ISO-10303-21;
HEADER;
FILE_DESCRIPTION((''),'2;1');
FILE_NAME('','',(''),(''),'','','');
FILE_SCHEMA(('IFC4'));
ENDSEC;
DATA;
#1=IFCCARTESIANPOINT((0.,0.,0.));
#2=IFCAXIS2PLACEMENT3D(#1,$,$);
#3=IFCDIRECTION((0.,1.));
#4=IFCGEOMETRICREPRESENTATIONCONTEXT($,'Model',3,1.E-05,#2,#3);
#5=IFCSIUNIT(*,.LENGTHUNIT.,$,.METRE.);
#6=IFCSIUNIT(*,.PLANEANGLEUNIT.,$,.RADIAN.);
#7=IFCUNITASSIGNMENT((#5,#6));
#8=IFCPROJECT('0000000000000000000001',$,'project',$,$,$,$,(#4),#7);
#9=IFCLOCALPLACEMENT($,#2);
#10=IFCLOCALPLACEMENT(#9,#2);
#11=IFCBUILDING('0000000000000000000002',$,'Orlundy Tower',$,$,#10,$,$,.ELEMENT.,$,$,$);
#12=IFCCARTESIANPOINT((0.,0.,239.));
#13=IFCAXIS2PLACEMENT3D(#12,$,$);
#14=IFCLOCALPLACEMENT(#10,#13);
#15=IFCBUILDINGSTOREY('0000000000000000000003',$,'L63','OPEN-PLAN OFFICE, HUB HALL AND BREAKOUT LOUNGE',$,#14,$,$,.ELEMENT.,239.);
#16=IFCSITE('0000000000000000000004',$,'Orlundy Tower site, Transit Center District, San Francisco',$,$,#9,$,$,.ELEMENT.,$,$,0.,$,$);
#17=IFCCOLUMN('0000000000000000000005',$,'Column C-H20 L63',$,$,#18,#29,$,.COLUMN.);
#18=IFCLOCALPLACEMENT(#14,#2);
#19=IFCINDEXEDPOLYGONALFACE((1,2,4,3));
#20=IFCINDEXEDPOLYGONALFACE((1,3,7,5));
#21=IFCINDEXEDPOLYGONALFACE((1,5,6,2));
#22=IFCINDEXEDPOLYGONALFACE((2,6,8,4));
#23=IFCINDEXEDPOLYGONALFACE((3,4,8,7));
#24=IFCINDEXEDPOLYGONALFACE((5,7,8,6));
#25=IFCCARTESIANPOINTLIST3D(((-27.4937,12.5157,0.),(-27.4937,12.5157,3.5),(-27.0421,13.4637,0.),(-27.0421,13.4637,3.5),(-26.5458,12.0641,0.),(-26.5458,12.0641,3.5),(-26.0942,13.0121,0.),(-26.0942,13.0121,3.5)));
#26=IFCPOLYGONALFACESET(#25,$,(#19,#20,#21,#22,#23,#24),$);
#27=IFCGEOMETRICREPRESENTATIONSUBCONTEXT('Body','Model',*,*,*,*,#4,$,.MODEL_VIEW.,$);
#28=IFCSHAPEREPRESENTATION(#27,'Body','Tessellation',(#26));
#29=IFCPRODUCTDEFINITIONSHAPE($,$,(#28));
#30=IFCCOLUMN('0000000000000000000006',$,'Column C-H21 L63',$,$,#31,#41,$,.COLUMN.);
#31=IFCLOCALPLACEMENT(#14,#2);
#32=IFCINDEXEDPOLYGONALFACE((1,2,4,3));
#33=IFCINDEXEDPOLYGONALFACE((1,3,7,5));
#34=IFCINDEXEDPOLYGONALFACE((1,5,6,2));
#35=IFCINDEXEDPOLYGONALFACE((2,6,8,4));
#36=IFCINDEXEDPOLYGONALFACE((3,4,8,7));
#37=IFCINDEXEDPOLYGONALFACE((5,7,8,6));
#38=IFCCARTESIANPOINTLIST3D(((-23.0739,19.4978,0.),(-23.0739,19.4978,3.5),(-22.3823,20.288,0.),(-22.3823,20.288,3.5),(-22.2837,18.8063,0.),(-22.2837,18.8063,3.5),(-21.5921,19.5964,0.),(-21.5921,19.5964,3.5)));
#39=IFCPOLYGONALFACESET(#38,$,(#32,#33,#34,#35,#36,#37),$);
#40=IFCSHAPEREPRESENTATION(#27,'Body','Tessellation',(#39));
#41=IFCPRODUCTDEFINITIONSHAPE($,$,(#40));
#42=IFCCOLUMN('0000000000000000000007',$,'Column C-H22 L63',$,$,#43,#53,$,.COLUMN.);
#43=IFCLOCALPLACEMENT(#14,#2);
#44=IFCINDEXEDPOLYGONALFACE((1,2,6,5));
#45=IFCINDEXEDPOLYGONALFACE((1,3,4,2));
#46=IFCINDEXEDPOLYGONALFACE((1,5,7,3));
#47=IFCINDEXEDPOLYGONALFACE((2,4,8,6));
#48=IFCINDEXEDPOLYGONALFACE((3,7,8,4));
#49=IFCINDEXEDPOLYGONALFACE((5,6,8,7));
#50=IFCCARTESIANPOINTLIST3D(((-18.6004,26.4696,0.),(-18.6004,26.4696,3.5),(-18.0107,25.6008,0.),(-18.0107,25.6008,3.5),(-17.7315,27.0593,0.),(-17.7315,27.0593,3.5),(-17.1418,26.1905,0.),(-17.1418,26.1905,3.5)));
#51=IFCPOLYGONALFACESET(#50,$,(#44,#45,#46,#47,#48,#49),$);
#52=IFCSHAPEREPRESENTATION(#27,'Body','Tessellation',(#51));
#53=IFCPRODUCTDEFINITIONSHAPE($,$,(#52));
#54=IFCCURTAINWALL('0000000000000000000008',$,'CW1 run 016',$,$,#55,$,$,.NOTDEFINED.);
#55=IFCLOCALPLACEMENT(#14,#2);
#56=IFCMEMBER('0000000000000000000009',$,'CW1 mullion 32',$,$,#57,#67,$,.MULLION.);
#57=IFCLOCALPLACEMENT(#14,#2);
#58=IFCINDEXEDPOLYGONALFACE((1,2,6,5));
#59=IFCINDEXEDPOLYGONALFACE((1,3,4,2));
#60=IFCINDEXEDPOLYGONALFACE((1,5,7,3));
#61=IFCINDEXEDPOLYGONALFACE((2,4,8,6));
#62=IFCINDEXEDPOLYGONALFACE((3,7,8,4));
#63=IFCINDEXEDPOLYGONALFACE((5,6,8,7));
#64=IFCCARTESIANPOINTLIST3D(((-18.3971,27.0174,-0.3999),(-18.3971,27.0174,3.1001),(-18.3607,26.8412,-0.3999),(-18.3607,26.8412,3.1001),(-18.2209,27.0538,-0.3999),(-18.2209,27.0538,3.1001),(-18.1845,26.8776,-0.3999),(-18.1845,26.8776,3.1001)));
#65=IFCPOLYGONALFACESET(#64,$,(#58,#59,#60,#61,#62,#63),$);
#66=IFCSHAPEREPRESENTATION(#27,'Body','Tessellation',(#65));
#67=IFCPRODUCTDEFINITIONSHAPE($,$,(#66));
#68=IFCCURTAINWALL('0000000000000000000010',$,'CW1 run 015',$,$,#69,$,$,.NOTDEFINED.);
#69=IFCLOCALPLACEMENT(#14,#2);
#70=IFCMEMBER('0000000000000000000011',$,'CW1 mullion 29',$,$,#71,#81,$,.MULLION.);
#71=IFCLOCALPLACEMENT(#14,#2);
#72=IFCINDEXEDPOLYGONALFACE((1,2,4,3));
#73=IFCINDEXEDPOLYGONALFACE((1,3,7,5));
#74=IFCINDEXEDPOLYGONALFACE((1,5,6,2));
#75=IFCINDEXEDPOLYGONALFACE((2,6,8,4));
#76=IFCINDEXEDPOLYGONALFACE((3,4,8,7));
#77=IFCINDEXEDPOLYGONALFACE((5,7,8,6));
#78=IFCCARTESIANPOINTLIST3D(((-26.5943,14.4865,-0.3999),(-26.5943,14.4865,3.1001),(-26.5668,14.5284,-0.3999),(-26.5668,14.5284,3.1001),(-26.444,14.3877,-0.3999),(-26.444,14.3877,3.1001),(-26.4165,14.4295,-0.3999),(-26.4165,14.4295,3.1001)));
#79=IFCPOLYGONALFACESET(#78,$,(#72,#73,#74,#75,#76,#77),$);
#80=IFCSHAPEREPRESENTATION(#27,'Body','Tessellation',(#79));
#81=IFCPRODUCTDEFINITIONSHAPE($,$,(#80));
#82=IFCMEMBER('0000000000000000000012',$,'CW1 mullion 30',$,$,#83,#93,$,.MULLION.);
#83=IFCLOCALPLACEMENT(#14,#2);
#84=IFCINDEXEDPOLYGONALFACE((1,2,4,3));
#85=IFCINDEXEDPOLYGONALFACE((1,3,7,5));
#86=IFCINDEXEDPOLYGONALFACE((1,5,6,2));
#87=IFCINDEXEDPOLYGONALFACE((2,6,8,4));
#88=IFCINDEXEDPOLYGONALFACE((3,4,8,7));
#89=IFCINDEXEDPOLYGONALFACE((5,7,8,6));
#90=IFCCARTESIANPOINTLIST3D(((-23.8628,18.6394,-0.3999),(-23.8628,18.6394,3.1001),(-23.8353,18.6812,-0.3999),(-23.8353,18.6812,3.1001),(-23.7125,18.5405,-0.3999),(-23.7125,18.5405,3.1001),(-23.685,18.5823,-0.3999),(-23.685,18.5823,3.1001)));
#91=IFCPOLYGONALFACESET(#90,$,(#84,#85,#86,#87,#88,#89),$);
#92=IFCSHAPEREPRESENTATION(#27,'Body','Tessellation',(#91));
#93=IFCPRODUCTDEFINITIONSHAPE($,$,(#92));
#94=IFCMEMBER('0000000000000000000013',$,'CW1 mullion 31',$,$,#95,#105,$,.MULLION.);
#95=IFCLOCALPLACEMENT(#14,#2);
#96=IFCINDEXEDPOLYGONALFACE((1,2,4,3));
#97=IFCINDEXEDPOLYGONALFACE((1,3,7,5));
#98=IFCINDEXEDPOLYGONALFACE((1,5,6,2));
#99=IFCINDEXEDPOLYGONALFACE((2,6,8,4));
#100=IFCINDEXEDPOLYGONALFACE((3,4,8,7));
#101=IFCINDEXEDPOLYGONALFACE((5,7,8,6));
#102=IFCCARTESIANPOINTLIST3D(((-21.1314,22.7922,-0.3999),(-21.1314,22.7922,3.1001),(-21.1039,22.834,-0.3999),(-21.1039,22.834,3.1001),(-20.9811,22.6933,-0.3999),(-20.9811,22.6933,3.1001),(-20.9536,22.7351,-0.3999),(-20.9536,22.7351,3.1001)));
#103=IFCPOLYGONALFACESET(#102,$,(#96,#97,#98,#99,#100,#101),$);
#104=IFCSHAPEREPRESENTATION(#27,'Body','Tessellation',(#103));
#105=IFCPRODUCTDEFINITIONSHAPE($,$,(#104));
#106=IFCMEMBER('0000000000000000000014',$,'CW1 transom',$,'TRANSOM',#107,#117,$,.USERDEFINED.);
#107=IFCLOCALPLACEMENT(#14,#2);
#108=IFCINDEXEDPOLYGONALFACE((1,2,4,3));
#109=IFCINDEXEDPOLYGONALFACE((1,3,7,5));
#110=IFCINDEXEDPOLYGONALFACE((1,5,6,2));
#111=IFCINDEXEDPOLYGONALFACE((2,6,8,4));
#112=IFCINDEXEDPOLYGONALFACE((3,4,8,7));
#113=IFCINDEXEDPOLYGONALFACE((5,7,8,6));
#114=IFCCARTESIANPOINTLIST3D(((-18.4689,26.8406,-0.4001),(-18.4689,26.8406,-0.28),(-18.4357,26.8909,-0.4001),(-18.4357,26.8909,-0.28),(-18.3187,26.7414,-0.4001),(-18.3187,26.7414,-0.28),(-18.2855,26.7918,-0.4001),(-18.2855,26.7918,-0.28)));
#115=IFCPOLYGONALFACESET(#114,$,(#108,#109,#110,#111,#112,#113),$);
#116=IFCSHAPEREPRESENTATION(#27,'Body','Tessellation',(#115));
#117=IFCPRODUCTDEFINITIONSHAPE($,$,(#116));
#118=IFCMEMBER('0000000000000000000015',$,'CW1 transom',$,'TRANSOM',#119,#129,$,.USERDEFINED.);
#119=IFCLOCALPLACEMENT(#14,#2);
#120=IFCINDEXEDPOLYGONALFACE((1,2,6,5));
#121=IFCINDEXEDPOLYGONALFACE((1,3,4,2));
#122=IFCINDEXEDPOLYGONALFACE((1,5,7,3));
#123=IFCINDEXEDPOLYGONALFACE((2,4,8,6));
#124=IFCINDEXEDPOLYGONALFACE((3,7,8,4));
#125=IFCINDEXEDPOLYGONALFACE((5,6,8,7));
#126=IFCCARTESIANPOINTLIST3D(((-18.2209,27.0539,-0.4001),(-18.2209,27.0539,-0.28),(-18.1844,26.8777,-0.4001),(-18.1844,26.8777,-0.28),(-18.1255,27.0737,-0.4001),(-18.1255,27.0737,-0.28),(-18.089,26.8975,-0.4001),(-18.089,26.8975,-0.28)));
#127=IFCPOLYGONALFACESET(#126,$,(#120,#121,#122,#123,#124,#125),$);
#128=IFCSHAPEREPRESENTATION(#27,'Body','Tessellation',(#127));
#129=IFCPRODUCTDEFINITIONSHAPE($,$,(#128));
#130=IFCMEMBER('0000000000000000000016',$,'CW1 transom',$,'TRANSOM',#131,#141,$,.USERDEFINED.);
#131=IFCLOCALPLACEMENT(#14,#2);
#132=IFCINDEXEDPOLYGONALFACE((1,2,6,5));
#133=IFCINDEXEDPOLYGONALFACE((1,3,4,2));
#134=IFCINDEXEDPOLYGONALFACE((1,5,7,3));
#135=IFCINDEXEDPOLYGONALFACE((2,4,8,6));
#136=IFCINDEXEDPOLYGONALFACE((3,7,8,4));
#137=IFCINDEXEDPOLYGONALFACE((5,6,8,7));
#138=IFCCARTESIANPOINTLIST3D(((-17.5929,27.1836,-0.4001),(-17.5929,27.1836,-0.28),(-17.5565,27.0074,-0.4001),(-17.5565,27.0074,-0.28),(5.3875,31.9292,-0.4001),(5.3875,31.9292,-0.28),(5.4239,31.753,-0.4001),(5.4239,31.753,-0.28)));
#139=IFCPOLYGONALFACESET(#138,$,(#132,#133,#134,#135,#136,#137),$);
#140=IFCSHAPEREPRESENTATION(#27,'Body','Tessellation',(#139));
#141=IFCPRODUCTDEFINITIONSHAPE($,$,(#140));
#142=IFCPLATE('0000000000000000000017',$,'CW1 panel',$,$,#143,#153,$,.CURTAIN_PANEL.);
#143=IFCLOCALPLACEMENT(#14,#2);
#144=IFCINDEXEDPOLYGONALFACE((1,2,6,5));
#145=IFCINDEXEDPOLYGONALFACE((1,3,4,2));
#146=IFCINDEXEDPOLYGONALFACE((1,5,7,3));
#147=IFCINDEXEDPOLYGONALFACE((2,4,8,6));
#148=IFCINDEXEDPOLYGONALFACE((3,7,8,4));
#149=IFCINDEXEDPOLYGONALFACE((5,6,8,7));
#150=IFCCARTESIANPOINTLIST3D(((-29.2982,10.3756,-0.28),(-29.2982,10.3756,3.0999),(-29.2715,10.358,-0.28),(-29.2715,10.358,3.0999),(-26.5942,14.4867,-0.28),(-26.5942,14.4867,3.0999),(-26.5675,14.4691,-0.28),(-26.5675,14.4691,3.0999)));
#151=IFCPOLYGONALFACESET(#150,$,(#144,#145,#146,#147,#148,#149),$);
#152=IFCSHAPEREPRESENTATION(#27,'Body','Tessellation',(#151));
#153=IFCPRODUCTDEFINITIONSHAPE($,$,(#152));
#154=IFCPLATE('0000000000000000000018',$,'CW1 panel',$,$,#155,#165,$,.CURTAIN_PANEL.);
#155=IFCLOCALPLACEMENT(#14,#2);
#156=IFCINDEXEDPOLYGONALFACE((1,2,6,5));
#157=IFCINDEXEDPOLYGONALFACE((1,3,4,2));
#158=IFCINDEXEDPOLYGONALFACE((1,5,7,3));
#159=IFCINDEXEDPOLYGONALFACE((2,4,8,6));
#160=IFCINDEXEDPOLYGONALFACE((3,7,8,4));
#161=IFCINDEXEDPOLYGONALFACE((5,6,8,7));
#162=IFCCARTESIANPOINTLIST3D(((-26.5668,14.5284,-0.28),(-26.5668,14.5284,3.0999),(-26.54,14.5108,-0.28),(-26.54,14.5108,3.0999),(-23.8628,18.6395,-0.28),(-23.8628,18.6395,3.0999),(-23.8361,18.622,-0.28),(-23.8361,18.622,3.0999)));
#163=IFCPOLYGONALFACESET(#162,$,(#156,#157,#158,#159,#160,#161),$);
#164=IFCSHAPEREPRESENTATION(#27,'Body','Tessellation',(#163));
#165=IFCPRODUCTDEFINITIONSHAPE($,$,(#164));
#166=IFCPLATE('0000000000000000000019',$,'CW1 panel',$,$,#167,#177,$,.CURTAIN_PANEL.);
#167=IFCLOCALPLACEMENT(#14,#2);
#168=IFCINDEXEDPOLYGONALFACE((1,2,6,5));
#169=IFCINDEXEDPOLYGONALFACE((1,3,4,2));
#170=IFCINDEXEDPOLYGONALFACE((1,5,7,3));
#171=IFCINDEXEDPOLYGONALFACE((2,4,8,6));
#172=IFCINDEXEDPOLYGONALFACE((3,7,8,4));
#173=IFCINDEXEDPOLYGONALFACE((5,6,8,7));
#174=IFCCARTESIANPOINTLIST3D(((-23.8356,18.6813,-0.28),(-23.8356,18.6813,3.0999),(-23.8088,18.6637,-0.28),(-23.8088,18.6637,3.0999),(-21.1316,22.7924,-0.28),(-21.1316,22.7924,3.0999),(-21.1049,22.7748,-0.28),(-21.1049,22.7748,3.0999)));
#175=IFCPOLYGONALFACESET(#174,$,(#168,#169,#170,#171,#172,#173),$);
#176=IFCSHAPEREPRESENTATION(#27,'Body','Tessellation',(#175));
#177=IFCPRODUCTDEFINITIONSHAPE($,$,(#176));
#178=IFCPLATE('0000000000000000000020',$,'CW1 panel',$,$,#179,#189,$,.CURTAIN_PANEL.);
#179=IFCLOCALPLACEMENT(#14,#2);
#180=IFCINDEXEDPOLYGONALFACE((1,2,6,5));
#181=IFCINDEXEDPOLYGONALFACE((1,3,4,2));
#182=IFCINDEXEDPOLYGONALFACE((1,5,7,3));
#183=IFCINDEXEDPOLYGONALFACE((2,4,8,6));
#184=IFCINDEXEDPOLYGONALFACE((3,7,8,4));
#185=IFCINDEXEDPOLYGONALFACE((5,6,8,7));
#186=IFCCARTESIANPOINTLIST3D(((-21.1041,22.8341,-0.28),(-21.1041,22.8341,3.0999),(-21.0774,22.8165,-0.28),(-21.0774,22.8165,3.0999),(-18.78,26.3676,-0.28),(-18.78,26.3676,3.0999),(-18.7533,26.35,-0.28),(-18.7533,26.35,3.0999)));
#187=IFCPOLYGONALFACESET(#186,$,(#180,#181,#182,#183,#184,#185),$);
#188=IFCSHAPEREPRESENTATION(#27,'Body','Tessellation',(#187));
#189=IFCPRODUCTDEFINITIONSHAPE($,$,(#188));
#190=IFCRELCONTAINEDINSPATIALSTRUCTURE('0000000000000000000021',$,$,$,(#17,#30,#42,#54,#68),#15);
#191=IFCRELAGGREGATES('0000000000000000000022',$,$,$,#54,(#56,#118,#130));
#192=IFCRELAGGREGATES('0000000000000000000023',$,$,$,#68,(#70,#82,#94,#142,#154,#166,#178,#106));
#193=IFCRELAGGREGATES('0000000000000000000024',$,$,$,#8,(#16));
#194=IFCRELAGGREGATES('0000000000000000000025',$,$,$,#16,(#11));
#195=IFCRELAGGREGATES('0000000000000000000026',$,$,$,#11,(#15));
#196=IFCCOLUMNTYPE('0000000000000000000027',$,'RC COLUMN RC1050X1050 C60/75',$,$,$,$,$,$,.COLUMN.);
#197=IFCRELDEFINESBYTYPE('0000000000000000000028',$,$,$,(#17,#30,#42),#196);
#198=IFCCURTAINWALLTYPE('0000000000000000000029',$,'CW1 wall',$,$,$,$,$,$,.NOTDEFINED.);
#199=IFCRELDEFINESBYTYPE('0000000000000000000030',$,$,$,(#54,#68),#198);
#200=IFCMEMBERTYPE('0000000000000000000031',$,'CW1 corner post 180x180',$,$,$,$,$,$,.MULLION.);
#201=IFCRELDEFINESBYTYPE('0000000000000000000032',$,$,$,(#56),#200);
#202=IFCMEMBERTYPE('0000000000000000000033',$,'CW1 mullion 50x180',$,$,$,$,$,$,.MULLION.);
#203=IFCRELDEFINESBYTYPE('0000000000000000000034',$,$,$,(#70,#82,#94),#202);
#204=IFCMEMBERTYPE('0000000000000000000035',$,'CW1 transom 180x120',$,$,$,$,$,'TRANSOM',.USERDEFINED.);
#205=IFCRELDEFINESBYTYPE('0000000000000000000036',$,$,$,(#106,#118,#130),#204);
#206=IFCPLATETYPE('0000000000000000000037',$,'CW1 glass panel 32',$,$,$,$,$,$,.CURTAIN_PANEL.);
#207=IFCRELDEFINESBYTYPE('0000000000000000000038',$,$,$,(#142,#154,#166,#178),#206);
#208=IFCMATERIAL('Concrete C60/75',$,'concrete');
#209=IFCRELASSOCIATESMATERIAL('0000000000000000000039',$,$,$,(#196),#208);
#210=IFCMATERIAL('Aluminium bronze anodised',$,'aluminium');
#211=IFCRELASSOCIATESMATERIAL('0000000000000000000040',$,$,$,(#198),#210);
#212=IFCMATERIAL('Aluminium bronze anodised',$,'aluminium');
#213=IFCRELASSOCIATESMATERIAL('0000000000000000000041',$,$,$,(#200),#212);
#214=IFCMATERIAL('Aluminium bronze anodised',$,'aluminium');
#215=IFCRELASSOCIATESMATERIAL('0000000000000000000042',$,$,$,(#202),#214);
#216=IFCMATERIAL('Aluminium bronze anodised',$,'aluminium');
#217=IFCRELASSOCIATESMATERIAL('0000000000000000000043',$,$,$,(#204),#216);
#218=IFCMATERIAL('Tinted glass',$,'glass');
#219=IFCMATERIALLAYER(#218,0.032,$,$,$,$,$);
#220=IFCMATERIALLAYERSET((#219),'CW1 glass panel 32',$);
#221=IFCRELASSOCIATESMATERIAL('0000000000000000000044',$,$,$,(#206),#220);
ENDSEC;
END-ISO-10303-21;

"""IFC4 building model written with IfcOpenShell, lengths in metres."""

from ifc_helpers import new_model, si_unit, direction, frame, origin, origin_2d, place, context, subcontext, project, spatial, rectangle, extrude, material, layer, layer_set, material_profile, profile_set, type_object, element, aggregate, save


model = new_model("IFC4")

# Units and contexts
model_context = context("Model", 3, precision=1e-05, world=origin(), true_north=direction((0.0, 1.0)))
body_context = subcontext(model_context, "Body", "Model", "MODEL_VIEW")
ifc_project = project(units=[si_unit("LENGTHUNIT", "METRE"), si_unit("PLANEANGLEUNIT", "RADIAN")], contexts=[model_context])

# Site, building, storey
site_placement = place(None, origin())
site = spatial("IfcSite", under=ifc_project, at=site_placement, Name="Orlundy Tower site, Transit Center District, San Francisco", CompositionType="ELEMENT", RefElevation=0.0)
building_placement = place(site_placement, origin())
building = spatial("IfcBuilding", under=site, at=building_placement, Name="Orlundy Tower", CompositionType="ELEMENT")
storey_placement = place(building_placement, frame((0.0, 0.0, 239.0)))
storey = spatial("IfcBuildingStorey", under=building, at=storey_placement, Name="L63", Description="OPEN-PLAN OFFICE, HUB HALL AND BREAKOUT LOUNGE", CompositionType="ELEMENT", Elevation=239.0)

# Columns
ifc_material_1 = material(Name="Concrete C60/75", Category="concrete")
ifc_material_profile_1 = material_profile(ifc_material_1, rectangle(XDim=1.05, YDim=1.05, at=origin_2d()), Name="RC1050X1050")
ifc_profile_set_1 = profile_set([ifc_material_profile_1], Name="Concrete C60/75")
column_type = type_object("IfcColumnType", Name="RC COLUMN RC1050X1050 C60/75", PredefinedType="COLUMN", material=ifc_profile_set_1)
for number, where, z_axis, x_axis, name in (
    (1, (-26.7939, 12.7639, 0.0), (0.0, 0.0, 1.0), (-0.902796, 0.43007, 0.0), "Column C-H20 L63"),
    (2, (-22.333, 19.5471, 0.0), (0.0, 0.0, 1.0), (-0.752484, 0.658611, 0.0), "Column C-H21 L63"),
    (3, (-17.8711, 26.3301, 0.0), (0.0, 0.0, 1.0), (-0.561592, 0.827414, 0.0), "Column C-H22 L63"),
):
    element("IfcColumn", number, at=place(storey_placement, frame(where, z_axis=z_axis, x_axis=x_axis)), inside=storey, type_object=column_type, Name=name, PredefinedType="COLUMN", context=body_context, shape_type="SweptSolid", body=[
        extrude(rectangle(XDim=1.05, YDim=1.05, at=origin_2d()), origin(), (0.0, 0.0, 1.0), 3.5),
    ])

# Curtain wall, member
ifc_material_2 = material(Name="Aluminium bronze anodised", Category="aluminium")
curtain_wall_type = type_object("IfcCurtainWallType", Name="CW1 wall", PredefinedType="NOTDEFINED", material=ifc_material_2)
curtain_wall_1_placement = place(storey_placement, origin())
curtain_wall_1 = element("IfcCurtainWall", 4, at=curtain_wall_1_placement, inside=storey, type_object=curtain_wall_type, Name="CW1 run 016", PredefinedType="NOTDEFINED")
ifc_material_3 = material(Name="Aluminium bronze anodised", Category="aluminium")
ifc_material_profile_2 = material_profile(ifc_material_3, rectangle(XDim=0.1799, YDim=0.1799, at=origin_2d()), Name="CW1 corner post 180x180")
ifc_profile_set_2 = profile_set([ifc_material_profile_2], Name="Aluminium bronze anodised")
member_type_1 = type_object("IfcMemberType", Name="CW1 corner post 180x180", PredefinedType="MULLION", material=ifc_profile_set_2)
member_1_placement = place(storey_placement, frame((-18.2908, 26.9475, -0.3999), z_axis=(0.0, 0.0, 1.0), x_axis=(-0.202233, 0.979337, 0.0)))
member_1 = element("IfcMember", 5, at=member_1_placement, type_object=member_type_1, Name="CW1 mullion 32", PredefinedType="MULLION", context=body_context, shape_type="SweptSolid", body=[
    extrude(rectangle(XDim=0.1799, YDim=0.1799, at=origin_2d()), origin(), (0.0, 0.0, 1.0), 3.5),
])

# Curtain wall, members
curtain_wall_2_placement = place(storey_placement, origin())
curtain_wall_2 = element("IfcCurtainWall", 6, at=curtain_wall_2_placement, inside=storey, type_object=curtain_wall_type, Name="CW1 run 015", PredefinedType="NOTDEFINED")
ifc_material_4 = material(Name="Aluminium bronze anodised", Category="aluminium")
ifc_material_profile_3 = material_profile(ifc_material_4, rectangle(XDim=0.1799, YDim=0.05, at=origin_2d()), Name="CW1 mullion 50x180")
ifc_profile_set_3 = profile_set([ifc_material_profile_3], Name="Aluminium bronze anodised")
member_type_2 = type_object("IfcMemberType", Name="CW1 mullion 50x180", PredefinedType="MULLION", material=ifc_profile_set_3)
member_2_placement = place(storey_placement, frame((-26.5054, 14.458, -0.3999), z_axis=(0.0, 0.0, 1.0), x_axis=(-0.835482, 0.549517, 0.0)))
member_2 = element("IfcMember", 7, at=member_2_placement, type_object=member_type_2, Name="CW1 mullion 29", PredefinedType="MULLION", context=body_context, shape_type="SweptSolid", body=[
    extrude(rectangle(XDim=0.1799, YDim=0.05, at=origin_2d()), origin(), (0.0, 0.0, 1.0), 3.5),
])
member_3_placement = place(storey_placement, frame((-23.7739, 18.6108, -0.3999), z_axis=(0.0, 0.0, 1.0), x_axis=(-0.835482, 0.549517, 0.0)))
member_3 = element("IfcMember", 8, at=member_3_placement, type_object=member_type_2, Name="CW1 mullion 30", PredefinedType="MULLION", context=body_context, shape_type="SweptSolid", body=[
    extrude(rectangle(XDim=0.1799, YDim=0.05, at=origin_2d()), origin(), (0.0, 0.0, 1.0), 3.5),
])
member_4_placement = place(storey_placement, frame((-21.0425, 22.7637, -0.3999), z_axis=(0.0, 0.0, 1.0), x_axis=(-0.835482, 0.549517, 0.0)))
member_4 = element("IfcMember", 9, at=member_4_placement, type_object=member_type_2, Name="CW1 mullion 31", PredefinedType="MULLION", context=body_context, shape_type="SweptSolid", body=[
    extrude(rectangle(XDim=0.1799, YDim=0.05, at=origin_2d()), origin(), (0.0, 0.0, 1.0), 3.5),
])
ifc_material_5 = material(Name="Aluminium bronze anodised", Category="aluminium")
ifc_material_profile_4 = material_profile(ifc_material_5, rectangle(XDim=0.1799, YDim=0.1201, at=origin_2d()), Name="CW1 transom 180x120")
ifc_profile_set_4 = profile_set([ifc_material_profile_4], Name="Aluminium bronze anodised")
member_type_3 = type_object("IfcMemberType", Name="CW1 transom 180x120", ElementType="TRANSOM", PredefinedType="USERDEFINED", material=ifc_profile_set_4)
member_5_placement = place(storey_placement, frame((-18.3938, 26.791, -0.3401), z_axis=(0.550955, 0.834535, 0.0), x_axis=(-0.834535, 0.550955, 0.0)))
member_5 = element("IfcMember", 10, at=member_5_placement, type_object=member_type_3, Name="CW1 transom", ObjectType="TRANSOM", PredefinedType="USERDEFINED", context=body_context, shape_type="SweptSolid", body=[
    extrude(rectangle(XDim=0.1799, YDim=0.1201, at=origin_2d()), origin(), (0.0, 0.0, 1.0), 0.0603),
])

# Members
member_6_placement = place(storey_placement, frame((-18.2026, 26.9658, -0.3401), z_axis=(0.979209, 0.202854, 0.0), x_axis=(-0.202854, 0.979209, 0.0)))
member_6 = element("IfcMember", 11, at=member_6_placement, type_object=member_type_3, Name="CW1 transom", ObjectType="TRANSOM", PredefinedType="USERDEFINED", context=body_context, shape_type="SweptSolid", body=[
    extrude(rectangle(XDim=0.1799, YDim=0.1201, at=origin_2d()), origin(), (0.0, 0.0, 1.0), 0.0974),
])
member_7_placement = place(storey_placement, frame((-17.5747, 27.0955, -0.3401), z_axis=(0.979336, 0.202239, 0.0), x_axis=(-0.202239, 0.979336, 0.0)))
member_7 = element("IfcMember", 12, at=member_7_placement, type_object=member_type_3, Name="CW1 transom", ObjectType="TRANSOM", PredefinedType="USERDEFINED", context=body_context, shape_type="SweptSolid", body=[
    extrude(rectangle(XDim=0.1799, YDim=0.1201, at=origin_2d()), origin(), (0.0, 0.0, 1.0), 23.4653),
])
aggregate(curtain_wall_1, [member_1, member_6, member_7])

# Plates
ifc_material_6 = material(Name="Tinted glass", Category="glass")
ifc_layer_1 = layer(ifc_material_6, 0.032)
ifc_layer_set_1 = layer_set([ifc_layer_1], Name="CW1 glass panel 32")
plate_type = type_object("IfcPlateType", Name="CW1 glass panel 32", PredefinedType="CURTAIN_PANEL", material=ifc_layer_set_1)
plate_1_placement = place(storey_placement, frame((-27.9329, 12.4224, -0.28), z_axis=(0.0, 0.0, 1.0), x_axis=(0.549517, 0.835482, 0.0)))
plate_1 = element("IfcPlate", 13, at=plate_1_placement, type_object=plate_type, Name="CW1 panel", PredefinedType="CURTAIN_PANEL", context=body_context, shape_type="SweptSolid", body=[
    extrude(rectangle(XDim=4.9207, YDim=0.032, at=origin_2d()), origin(), (0.0, 0.0, 1.0), 3.3799),
])
plate_2_placement = place(storey_placement, frame((-25.2014, 16.5752, -0.28), z_axis=(0.0, 0.0, 1.0), x_axis=(0.549517, 0.835482, 0.0)))
plate_2 = element("IfcPlate", 14, at=plate_2_placement, type_object=plate_type, Name="CW1 panel", PredefinedType="CURTAIN_PANEL", context=body_context, shape_type="SweptSolid", body=[
    extrude(rectangle(XDim=4.9207, YDim=0.032, at=origin_2d()), origin(), (0.0, 0.0, 1.0), 3.3799),
])
plate_3_placement = place(storey_placement, frame((-22.4702, 20.728, -0.28), z_axis=(0.0, 0.0, 1.0), x_axis=(0.549517, 0.835482, 0.0)))
plate_3 = element("IfcPlate", 15, at=plate_3_placement, type_object=plate_type, Name="CW1 panel", PredefinedType="CURTAIN_PANEL", context=body_context, shape_type="SweptSolid", body=[
    extrude(rectangle(XDim=4.9207, YDim=0.032, at=origin_2d()), origin(), (0.0, 0.0, 1.0), 3.3799),
])
plate_4_placement = place(storey_placement, frame((-19.9287, 24.592, -0.28), z_axis=(0.0, 0.0, 1.0), x_axis=(0.549517, 0.835482, 0.0)))
plate_4 = element("IfcPlate", 16, at=plate_4_placement, type_object=plate_type, Name="CW1 panel", PredefinedType="CURTAIN_PANEL", context=body_context, shape_type="SweptSolid", body=[
    extrude(rectangle(XDim=4.2292, YDim=0.032, at=origin_2d()), origin(), (0.0, 0.0, 1.0), 3.3799),
])
aggregate(curtain_wall_2, [member_2, member_3, member_4, plate_1, plate_2, plate_3, plate_4, member_5])

save(model, "model.ifc")
